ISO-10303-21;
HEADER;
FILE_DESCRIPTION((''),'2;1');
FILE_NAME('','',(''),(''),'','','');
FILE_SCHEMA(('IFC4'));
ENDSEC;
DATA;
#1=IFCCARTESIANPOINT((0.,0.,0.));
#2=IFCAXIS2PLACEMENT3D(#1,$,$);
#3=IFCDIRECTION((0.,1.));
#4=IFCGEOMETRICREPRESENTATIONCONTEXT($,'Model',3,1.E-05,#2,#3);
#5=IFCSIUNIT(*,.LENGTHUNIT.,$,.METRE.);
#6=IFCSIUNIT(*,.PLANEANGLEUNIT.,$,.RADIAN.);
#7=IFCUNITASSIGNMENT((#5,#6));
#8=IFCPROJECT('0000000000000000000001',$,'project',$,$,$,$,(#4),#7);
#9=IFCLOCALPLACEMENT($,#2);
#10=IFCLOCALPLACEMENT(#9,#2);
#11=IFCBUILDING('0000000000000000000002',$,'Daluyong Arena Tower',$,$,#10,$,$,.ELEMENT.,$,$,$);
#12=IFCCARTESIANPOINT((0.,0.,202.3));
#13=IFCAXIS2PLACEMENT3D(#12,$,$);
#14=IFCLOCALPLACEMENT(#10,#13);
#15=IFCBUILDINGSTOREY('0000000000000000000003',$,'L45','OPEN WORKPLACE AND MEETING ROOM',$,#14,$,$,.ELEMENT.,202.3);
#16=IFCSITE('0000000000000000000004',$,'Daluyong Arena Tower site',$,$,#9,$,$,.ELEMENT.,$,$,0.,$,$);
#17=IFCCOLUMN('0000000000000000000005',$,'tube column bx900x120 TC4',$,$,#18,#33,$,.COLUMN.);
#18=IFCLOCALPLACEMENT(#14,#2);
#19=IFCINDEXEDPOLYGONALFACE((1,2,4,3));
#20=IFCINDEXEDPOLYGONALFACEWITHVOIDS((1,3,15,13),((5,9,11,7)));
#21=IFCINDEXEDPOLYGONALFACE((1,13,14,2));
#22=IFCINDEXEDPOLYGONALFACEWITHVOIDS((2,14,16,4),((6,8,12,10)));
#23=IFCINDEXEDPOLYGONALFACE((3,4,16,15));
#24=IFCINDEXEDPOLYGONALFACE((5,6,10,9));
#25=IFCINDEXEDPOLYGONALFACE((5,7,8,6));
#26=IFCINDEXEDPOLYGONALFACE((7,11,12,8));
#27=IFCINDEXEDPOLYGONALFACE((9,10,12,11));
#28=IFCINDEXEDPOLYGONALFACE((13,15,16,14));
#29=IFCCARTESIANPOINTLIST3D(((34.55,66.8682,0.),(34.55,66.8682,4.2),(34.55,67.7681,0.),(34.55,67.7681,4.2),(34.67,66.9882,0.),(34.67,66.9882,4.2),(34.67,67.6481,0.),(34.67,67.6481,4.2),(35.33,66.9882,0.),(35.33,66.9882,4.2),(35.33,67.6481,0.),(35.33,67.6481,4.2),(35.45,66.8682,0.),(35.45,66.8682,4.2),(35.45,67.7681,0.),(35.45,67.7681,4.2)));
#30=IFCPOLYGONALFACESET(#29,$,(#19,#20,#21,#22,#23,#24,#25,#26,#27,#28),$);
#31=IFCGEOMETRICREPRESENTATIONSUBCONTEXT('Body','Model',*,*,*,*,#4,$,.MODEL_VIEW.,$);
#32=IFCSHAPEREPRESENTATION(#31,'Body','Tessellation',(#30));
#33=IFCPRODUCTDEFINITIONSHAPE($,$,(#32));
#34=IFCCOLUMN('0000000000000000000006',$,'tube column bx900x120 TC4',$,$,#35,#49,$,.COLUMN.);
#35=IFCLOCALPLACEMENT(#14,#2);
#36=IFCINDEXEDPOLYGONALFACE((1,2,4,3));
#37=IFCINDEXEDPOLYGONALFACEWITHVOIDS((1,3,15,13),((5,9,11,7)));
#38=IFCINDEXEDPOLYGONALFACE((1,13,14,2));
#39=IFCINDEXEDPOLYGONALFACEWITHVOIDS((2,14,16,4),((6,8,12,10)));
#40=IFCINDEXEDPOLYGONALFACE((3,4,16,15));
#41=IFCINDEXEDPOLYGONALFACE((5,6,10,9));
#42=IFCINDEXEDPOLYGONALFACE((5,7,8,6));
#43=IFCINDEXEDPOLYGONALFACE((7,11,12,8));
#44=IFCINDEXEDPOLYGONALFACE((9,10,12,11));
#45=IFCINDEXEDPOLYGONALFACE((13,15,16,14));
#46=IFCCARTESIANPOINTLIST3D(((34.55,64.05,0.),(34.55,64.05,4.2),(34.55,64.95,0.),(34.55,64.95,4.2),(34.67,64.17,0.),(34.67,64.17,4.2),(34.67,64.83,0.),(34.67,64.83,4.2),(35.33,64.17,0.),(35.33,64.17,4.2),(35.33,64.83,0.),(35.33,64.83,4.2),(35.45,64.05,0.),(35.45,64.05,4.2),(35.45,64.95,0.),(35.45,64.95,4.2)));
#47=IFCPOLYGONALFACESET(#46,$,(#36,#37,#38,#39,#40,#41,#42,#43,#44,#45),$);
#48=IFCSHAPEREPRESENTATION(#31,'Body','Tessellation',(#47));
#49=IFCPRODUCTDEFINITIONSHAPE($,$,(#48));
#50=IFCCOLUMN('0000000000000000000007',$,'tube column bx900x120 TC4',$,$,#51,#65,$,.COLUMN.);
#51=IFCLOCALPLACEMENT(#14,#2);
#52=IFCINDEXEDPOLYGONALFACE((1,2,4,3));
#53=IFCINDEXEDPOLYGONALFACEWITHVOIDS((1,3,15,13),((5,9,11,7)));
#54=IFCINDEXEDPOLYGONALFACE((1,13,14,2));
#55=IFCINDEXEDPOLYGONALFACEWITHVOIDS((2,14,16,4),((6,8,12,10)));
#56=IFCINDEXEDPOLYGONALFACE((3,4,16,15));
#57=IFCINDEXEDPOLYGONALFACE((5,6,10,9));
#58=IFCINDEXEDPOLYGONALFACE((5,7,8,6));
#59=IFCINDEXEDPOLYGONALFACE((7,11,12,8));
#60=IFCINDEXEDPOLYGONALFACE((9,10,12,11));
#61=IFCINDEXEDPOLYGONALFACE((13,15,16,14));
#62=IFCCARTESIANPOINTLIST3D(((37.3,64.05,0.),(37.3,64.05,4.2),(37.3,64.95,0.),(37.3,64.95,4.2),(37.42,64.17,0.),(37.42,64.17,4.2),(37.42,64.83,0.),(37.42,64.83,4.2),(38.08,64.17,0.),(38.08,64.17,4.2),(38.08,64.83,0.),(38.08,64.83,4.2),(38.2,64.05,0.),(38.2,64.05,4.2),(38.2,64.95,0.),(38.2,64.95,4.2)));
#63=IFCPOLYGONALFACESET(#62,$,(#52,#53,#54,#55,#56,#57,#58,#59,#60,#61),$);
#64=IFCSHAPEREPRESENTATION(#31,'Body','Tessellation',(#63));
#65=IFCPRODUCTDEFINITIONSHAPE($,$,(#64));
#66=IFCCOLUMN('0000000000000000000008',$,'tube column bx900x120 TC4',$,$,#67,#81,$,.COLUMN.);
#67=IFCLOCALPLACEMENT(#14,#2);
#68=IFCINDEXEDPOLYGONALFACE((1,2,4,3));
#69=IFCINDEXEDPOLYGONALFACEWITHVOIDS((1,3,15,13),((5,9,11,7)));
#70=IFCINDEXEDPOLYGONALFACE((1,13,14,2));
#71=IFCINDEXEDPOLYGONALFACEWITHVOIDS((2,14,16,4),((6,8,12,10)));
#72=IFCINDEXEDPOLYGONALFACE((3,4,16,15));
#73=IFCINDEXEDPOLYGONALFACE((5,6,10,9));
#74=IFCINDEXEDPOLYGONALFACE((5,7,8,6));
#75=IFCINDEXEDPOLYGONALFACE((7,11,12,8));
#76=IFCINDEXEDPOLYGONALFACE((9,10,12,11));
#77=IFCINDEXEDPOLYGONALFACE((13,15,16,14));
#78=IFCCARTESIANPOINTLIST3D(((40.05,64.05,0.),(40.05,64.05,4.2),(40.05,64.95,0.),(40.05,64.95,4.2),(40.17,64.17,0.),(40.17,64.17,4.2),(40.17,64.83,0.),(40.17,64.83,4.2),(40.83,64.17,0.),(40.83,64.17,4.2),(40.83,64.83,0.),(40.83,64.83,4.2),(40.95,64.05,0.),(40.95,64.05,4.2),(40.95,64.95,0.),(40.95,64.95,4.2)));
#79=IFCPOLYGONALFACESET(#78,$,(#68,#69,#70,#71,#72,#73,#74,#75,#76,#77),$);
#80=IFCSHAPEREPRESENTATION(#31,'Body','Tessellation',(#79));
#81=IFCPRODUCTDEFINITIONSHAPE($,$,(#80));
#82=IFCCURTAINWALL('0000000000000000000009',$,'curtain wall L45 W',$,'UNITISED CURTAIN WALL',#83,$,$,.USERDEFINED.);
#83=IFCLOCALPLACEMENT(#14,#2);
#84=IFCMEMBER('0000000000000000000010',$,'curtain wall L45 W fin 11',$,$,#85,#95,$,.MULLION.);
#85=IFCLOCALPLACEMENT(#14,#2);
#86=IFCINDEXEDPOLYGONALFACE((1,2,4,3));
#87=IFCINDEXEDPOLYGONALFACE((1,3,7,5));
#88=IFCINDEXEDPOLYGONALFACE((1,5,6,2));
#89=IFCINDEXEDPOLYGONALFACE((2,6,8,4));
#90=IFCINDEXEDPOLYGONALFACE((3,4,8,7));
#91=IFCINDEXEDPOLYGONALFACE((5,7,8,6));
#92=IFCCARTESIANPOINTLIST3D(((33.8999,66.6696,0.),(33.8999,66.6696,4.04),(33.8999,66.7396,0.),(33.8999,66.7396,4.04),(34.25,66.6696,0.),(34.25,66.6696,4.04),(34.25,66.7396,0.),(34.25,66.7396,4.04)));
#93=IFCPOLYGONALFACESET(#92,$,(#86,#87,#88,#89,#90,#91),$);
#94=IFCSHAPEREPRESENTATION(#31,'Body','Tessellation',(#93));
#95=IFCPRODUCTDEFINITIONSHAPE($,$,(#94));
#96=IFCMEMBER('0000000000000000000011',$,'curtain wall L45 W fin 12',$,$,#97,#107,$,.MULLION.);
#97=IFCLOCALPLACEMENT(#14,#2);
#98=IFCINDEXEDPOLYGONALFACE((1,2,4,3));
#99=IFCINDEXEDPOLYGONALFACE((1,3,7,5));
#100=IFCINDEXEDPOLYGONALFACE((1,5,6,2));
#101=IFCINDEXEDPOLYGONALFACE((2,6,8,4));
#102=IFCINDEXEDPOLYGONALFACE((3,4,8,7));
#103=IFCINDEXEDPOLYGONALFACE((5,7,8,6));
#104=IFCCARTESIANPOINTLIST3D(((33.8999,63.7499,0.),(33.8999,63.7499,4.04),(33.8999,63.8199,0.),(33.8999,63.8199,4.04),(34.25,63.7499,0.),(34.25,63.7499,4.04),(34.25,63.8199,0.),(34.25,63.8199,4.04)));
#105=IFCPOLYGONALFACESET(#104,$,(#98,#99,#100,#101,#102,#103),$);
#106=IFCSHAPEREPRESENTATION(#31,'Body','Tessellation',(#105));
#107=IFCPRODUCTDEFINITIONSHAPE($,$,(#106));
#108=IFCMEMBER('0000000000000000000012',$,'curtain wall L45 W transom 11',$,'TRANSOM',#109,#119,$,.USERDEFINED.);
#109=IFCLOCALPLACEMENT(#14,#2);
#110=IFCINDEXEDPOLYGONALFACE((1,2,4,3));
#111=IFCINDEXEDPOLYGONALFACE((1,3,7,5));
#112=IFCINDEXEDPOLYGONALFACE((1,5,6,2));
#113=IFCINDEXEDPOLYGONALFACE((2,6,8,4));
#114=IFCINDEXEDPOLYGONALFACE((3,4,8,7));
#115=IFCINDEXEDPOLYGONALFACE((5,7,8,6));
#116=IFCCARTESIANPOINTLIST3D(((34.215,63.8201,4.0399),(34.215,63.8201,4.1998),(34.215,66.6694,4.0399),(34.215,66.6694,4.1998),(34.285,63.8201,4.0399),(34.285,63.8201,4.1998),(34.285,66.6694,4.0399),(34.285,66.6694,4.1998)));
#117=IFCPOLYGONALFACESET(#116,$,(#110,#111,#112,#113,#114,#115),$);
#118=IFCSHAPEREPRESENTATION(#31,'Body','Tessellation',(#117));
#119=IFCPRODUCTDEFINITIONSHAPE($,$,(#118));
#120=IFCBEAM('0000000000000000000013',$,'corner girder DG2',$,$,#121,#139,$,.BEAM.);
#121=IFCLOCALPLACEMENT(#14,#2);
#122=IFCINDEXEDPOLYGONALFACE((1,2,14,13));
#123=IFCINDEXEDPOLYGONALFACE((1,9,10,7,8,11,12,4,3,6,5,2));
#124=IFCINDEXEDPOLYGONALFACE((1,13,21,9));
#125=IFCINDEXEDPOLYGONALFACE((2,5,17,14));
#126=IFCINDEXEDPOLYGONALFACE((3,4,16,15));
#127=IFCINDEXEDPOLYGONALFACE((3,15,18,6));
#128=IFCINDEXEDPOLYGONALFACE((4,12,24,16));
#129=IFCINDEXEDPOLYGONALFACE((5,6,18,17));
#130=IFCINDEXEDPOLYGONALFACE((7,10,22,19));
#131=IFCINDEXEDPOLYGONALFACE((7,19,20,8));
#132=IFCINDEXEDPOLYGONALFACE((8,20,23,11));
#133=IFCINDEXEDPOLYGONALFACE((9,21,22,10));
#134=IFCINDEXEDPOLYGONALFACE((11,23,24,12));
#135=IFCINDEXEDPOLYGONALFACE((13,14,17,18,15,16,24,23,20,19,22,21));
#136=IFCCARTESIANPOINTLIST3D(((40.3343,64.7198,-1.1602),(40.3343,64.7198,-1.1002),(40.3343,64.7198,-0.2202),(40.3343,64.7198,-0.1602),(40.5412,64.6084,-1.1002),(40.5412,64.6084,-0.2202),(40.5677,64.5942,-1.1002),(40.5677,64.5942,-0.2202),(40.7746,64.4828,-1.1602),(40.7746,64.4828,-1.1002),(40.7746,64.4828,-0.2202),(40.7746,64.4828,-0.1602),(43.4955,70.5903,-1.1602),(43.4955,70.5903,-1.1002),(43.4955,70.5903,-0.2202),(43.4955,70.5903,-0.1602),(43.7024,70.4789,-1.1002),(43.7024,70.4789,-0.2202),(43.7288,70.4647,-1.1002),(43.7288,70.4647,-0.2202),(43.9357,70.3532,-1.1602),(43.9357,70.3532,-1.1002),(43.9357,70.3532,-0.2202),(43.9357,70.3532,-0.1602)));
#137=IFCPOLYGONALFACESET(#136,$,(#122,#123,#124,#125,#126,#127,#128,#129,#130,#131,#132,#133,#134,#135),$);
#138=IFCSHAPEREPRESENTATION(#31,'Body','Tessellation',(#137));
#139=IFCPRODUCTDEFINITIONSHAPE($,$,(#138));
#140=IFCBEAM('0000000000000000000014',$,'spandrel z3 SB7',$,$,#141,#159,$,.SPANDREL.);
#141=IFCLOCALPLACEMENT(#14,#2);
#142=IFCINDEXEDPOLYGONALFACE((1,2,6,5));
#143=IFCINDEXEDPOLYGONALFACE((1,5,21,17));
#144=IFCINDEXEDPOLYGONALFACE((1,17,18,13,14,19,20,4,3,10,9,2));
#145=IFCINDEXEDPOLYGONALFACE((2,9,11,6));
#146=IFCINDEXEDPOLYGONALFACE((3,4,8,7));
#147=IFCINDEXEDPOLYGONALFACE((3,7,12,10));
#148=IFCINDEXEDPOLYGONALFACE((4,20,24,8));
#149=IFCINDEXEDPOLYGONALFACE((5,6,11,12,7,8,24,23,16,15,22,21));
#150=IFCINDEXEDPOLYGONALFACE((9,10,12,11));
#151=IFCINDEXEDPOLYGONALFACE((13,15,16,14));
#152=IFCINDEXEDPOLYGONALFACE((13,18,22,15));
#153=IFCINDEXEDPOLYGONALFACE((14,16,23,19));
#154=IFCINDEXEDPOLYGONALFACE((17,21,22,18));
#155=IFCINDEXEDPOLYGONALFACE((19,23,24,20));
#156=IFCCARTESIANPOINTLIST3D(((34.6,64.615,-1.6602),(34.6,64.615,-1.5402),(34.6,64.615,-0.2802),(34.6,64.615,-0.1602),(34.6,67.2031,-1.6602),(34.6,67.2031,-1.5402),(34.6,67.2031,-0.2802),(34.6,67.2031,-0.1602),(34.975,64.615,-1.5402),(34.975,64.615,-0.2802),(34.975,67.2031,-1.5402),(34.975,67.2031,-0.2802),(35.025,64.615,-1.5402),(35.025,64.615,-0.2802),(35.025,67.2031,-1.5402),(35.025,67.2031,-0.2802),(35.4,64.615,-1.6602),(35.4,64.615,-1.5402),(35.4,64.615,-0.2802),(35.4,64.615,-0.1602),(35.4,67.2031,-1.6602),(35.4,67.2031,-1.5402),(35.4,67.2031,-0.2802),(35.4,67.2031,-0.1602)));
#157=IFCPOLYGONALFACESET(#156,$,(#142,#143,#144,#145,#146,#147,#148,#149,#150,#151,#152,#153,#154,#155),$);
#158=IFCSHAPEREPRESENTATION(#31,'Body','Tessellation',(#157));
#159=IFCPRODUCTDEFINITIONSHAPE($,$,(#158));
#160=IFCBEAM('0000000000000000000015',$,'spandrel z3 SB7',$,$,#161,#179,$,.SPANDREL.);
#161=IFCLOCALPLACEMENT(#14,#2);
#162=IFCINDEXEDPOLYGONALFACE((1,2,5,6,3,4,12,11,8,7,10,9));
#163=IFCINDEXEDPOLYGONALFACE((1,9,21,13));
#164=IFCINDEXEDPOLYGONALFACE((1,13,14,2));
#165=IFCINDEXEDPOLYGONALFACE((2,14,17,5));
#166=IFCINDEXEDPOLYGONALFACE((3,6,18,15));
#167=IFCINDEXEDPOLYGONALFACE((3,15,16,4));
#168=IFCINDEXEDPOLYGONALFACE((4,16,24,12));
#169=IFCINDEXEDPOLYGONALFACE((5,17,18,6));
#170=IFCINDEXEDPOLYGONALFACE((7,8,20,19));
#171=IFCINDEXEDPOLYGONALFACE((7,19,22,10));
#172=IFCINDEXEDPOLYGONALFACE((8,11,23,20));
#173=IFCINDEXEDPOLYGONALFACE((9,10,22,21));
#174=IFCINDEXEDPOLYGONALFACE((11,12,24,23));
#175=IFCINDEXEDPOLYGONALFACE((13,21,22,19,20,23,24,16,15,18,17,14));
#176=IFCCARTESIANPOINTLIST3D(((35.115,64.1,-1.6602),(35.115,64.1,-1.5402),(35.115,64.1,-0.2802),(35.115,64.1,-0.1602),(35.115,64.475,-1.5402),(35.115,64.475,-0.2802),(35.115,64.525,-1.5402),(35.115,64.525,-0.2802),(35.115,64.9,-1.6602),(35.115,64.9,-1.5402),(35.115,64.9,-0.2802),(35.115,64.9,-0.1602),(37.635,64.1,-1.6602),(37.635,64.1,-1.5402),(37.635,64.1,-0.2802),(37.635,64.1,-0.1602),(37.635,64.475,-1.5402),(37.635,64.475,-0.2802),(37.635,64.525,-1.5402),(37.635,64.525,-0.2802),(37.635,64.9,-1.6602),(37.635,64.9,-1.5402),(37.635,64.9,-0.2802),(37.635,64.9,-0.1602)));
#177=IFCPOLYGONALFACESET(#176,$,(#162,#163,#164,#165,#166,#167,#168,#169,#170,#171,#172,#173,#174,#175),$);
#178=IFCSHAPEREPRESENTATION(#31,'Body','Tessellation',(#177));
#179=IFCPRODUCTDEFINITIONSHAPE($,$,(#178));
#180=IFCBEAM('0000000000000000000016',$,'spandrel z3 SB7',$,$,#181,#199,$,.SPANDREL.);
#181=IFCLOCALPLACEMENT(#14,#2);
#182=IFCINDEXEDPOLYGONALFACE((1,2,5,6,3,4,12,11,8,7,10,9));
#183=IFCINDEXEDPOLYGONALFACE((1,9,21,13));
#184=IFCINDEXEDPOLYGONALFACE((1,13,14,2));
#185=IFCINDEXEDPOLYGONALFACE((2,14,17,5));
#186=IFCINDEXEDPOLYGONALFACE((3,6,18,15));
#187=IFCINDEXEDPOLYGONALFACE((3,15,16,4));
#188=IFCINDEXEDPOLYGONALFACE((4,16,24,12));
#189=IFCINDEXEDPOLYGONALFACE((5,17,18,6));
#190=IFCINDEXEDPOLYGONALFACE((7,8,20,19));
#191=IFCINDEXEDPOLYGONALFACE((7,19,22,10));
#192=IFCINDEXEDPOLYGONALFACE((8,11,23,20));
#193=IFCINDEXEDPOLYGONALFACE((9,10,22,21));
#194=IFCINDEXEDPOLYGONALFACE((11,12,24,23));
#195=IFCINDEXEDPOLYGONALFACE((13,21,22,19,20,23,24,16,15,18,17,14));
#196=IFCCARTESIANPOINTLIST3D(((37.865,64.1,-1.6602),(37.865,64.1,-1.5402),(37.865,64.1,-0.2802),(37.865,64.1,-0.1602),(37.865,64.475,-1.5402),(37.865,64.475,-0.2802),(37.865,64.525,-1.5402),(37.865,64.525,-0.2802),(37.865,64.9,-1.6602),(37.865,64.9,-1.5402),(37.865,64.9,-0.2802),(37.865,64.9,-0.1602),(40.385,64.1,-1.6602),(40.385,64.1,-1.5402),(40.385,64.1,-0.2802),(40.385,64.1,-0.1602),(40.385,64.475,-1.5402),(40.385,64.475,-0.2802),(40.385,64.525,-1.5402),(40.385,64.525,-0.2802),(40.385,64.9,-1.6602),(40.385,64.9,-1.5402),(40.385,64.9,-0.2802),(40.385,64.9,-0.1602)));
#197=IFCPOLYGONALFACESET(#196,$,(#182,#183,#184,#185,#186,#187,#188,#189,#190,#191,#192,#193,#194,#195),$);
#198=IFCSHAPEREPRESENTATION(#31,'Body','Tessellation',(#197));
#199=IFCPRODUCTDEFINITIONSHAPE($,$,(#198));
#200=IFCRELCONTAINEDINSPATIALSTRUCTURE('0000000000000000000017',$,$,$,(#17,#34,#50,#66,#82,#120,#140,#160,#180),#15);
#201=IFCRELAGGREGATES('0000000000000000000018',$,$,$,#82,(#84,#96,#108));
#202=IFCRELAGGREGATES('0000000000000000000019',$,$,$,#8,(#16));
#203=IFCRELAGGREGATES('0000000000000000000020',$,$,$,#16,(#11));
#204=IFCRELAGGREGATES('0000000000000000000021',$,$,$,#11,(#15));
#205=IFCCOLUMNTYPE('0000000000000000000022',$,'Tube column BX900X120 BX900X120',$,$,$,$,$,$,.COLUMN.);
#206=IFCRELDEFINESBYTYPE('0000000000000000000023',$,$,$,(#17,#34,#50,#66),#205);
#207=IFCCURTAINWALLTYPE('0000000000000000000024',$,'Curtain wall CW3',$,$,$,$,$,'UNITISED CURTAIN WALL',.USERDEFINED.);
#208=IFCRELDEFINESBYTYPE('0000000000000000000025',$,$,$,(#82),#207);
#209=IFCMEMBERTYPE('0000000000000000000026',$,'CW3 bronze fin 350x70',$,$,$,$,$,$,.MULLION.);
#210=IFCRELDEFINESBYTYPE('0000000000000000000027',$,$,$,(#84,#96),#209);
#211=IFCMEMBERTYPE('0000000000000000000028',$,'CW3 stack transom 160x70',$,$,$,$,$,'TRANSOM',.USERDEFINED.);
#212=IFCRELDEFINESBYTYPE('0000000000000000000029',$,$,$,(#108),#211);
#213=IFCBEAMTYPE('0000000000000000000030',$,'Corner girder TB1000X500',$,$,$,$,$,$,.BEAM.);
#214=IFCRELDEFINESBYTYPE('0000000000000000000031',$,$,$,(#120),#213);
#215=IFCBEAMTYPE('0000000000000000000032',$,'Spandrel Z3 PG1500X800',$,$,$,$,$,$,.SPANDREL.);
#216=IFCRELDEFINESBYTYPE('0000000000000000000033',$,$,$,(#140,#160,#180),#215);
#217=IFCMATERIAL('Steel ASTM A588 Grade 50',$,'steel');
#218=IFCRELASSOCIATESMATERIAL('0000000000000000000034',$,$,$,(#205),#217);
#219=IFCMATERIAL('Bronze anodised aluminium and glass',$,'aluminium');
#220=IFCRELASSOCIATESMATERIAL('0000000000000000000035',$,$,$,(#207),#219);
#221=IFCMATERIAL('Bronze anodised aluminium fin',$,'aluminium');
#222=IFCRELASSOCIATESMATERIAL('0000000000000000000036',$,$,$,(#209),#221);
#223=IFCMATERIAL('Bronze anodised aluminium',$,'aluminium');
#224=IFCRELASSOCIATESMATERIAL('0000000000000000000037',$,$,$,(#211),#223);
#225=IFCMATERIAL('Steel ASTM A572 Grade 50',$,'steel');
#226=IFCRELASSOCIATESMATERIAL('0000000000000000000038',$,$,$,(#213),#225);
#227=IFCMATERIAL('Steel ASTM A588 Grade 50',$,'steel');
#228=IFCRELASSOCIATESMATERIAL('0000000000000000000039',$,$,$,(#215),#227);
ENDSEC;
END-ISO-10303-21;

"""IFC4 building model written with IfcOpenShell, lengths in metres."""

from ifc_helpers import new_model, si_unit, direction, frame, origin, origin_2d, place, context, subcontext, project, spatial, rectangle, hollow_rectangle, i_section, extrude, material, material_profile, profile_set, type_object, element, aggregate, save


model = new_model("IFC4")

# Units and contexts
model_context = context("Model", 3, precision=1e-05, world=origin(), true_north=direction((0.0, 1.0)))
body_context = subcontext(model_context, "Body", "Model", "MODEL_VIEW")
ifc_project = project(units=[si_unit("LENGTHUNIT", "METRE"), si_unit("PLANEANGLEUNIT", "RADIAN")], contexts=[model_context])

# Site, building, storey
site_placement = place(None, origin())
site = spatial("IfcSite", under=ifc_project, at=site_placement, Name="Daluyong Arena Tower site", CompositionType="ELEMENT", RefElevation=0.0)
building_placement = place(site_placement, origin())
building = spatial("IfcBuilding", under=site, at=building_placement, Name="Daluyong Arena Tower", CompositionType="ELEMENT")
storey_placement = place(building_placement, frame((0.0, 0.0, 202.3)))
storey = spatial("IfcBuildingStorey", under=building, at=storey_placement, Name="L45", Description="OPEN WORKPLACE AND MEETING ROOM", CompositionType="ELEMENT", Elevation=202.3)

# Columns
ifc_material_1 = material(Name="Steel ASTM A588 Grade 50", Category="steel")
ifc_material_profile_1 = material_profile(ifc_material_1, hollow_rectangle(XDim=0.8999, YDim=0.8999, WallThickness=0.12, at=origin_2d()))
ifc_profile_set_1 = profile_set([ifc_material_profile_1], Name="Steel ASTM A588 Grade 50")
column_type = type_object("IfcColumnType", Name="Tube column BX900X120 BX900X120", PredefinedType="COLUMN", material=ifc_profile_set_1)
for number, where, z_axis, x_axis, name in (
    (1, (35.0, 67.3181, 0.0), (0.0, 0.0, 1.0), (0.0, 1.0, 0.0), "tube column bx900x120 TC4"),
    (2, (35.0, 64.5, 0.0), (0.0, 0.0, 1.0), (1.0, 0.0, 0.0), "tube column bx900x120 TC4"),
    (3, (37.75, 64.5, 0.0), (0.0, 0.0, 1.0), (1.0, 0.0, 0.0), "tube column bx900x120 TC4"),
    (4, (40.5, 64.5, 0.0), (0.0, 0.0, 1.0), (0.0, 1.0, 0.0), "tube column bx900x120 TC4"),
):
    element("IfcColumn", number, at=place(storey_placement, frame(where, z_axis=z_axis, x_axis=x_axis)), inside=storey, type_object=column_type, Name=name, PredefinedType="COLUMN", context=body_context, shape_type="SweptSolid", body=[
        extrude(hollow_rectangle(XDim=0.8999, YDim=0.8999, WallThickness=0.12, at=origin_2d()), origin(), (0.0, 0.0, 1.0), 4.2),
    ])

# Curtain wall, members
ifc_material_2 = material(Name="Bronze anodised aluminium and glass", Category="aluminium")
curtain_wall_type_1 = type_object("IfcCurtainWallType", Name="Curtain wall CW3", ElementType="UNITISED CURTAIN WALL", PredefinedType="USERDEFINED", material=ifc_material_2)
curtain_wall_1_placement = place(storey_placement, origin())
curtain_wall_1 = element("IfcCurtainWall", 5, at=curtain_wall_1_placement, inside=storey, type_object=curtain_wall_type_1, Name="curtain wall L45 W", ObjectType="UNITISED CURTAIN WALL", PredefinedType="USERDEFINED")
ifc_material_3 = material(Name="Bronze anodised aluminium fin", Category="aluminium")
ifc_material_profile_2 = material_profile(ifc_material_3, rectangle(XDim=0.3501, YDim=0.0701, at=origin_2d()))
ifc_profile_set_2 = profile_set([ifc_material_profile_2], Name="Bronze anodised aluminium fin")
member_type_1 = type_object("IfcMemberType", Name="CW3 bronze fin 350x70", PredefinedType="MULLION", material=ifc_profile_set_2)
member_1_placement = place(storey_placement, frame((34.075, 66.7046, 0.0), z_axis=(0.0, 0.0, 1.0), x_axis=(1.0, 0.0, 0.0)))
member_1 = element("IfcMember", 6, at=member_1_placement, type_object=member_type_1, Name="curtain wall L45 W fin 11", PredefinedType="MULLION", context=body_context, shape_type="SweptSolid", body=[
    extrude(rectangle(XDim=0.3501, YDim=0.0701, at=origin_2d()), origin(), (0.0, 0.0, 1.0), 4.04),
])
member_2_placement = place(storey_placement, frame((34.075, 63.7849, 0.0), z_axis=(0.0, 0.0, 1.0), x_axis=(1.0, 0.0, 0.0)))
member_2 = element("IfcMember", 7, at=member_2_placement, type_object=member_type_1, Name="curtain wall L45 W fin 12", PredefinedType="MULLION", context=body_context, shape_type="SweptSolid", body=[
    extrude(rectangle(XDim=0.3501, YDim=0.0701, at=origin_2d()), origin(), (0.0, 0.0, 1.0), 4.04),
])
ifc_material_4 = material(Name="Bronze anodised aluminium", Category="aluminium")
ifc_material_profile_3 = material_profile(ifc_material_4, rectangle(XDim=0.0701, YDim=0.1599, at=origin_2d()))
ifc_profile_set_3 = profile_set([ifc_material_profile_3], Name="Bronze anodised aluminium")
member_type_2 = type_object("IfcMemberType", Name="CW3 stack transom 160x70", ElementType="TRANSOM", PredefinedType="USERDEFINED", material=ifc_profile_set_3)
member_3_placement = place(storey_placement, frame((34.25, 66.6694, 4.1199), z_axis=(0.0, -1.0, 0.0), x_axis=(1.0, 0.0, 0.0)))
member_3 = element("IfcMember", 8, at=member_3_placement, type_object=member_type_2, Name="curtain wall L45 W transom 11", ObjectType="TRANSOM", PredefinedType="USERDEFINED", context=body_context, shape_type="SweptSolid", body=[
    extrude(rectangle(XDim=0.0701, YDim=0.1599, at=origin_2d()), origin(), (0.0, 0.0, 1.0), 2.8494),
])

# Beams
ifc_material_5 = material(Name="Steel ASTM A572 Grade 50", Category="steel")
ifc_material_profile_4 = material_profile(ifc_material_5, i_section(OverallWidth=0.5, OverallDepth=1.0, WebThickness=0.03, FlangeThickness=0.06, at=origin_2d()))
ifc_profile_set_4 = profile_set([ifc_material_profile_4], Name="Steel ASTM A572 Grade 50")
beam_type_1 = type_object("IfcBeamType", Name="Corner girder TB1000X500", PredefinedType="BEAM", material=ifc_profile_set_4)
beam_1_placement = place(storey_placement, frame((40.5544, 64.6013, -0.6602), z_axis=(0.474119, 0.880461, 0.0), x_axis=(-0.880461, 0.474119, 0.0)))
element("IfcBeam", 9, at=beam_1_placement, inside=storey, type_object=beam_type_1, Name="corner girder DG2", PredefinedType="BEAM", context=body_context, shape_type="SweptSolid", body=[
    extrude(i_section(OverallWidth=0.5, OverallDepth=1.0, WebThickness=0.03, FlangeThickness=0.06, at=origin_2d()), origin(), (0.0, 0.0, 1.0), 6.6675),
])
ifc_material_6 = material(Name="Steel ASTM A588 Grade 50", Category="steel")
ifc_material_profile_5 = material_profile(ifc_material_6, i_section(OverallWidth=0.8, OverallDepth=1.5, WebThickness=0.05, FlangeThickness=0.12, at=origin_2d()))
ifc_profile_set_5 = profile_set([ifc_material_profile_5], Name="Steel ASTM A588 Grade 50")
beam_type_2 = type_object("IfcBeamType", Name="Spandrel Z3 PG1500X800", PredefinedType="SPANDREL", material=ifc_profile_set_5)
beam_2_placement = place(storey_placement, frame((35.0, 67.2031, -0.9102), z_axis=(0.0, -1.0, 0.0), x_axis=(1.0, 0.0, 0.0)))
element("IfcBeam", 10, at=beam_2_placement, inside=storey, type_object=beam_type_2, Name="spandrel z3 SB7", PredefinedType="SPANDREL", context=body_context, shape_type="SweptSolid", body=[
    extrude(i_section(OverallWidth=0.8, OverallDepth=1.5, WebThickness=0.05, FlangeThickness=0.12, at=origin_2d()), origin(), (0.0, 0.0, 1.0), 2.5881),
])
for number, where, z_axis, x_axis, name in (
    (11, (35.115, 64.5, -0.9102), (1.0, 0.0, 0.0), (0.0, 1.0, 0.0), "spandrel z3 SB7"),
    (12, (37.865, 64.5, -0.9102), (1.0, 0.0, 0.0), (0.0, 1.0, 0.0), "spandrel z3 SB7"),
):
    element("IfcBeam", number, at=place(storey_placement, frame(where, z_axis=z_axis, x_axis=x_axis)), inside=storey, type_object=beam_type_2, Name=name, PredefinedType="SPANDREL", context=body_context, shape_type="SweptSolid", body=[
        extrude(i_section(OverallWidth=0.8, OverallDepth=1.5, WebThickness=0.05, FlangeThickness=0.12, at=origin_2d()), origin(), (0.0, 0.0, 1.0), 2.52),
    ])

aggregate(curtain_wall_1, [member_1, member_2, member_3])

save(model, "model.ifc")
